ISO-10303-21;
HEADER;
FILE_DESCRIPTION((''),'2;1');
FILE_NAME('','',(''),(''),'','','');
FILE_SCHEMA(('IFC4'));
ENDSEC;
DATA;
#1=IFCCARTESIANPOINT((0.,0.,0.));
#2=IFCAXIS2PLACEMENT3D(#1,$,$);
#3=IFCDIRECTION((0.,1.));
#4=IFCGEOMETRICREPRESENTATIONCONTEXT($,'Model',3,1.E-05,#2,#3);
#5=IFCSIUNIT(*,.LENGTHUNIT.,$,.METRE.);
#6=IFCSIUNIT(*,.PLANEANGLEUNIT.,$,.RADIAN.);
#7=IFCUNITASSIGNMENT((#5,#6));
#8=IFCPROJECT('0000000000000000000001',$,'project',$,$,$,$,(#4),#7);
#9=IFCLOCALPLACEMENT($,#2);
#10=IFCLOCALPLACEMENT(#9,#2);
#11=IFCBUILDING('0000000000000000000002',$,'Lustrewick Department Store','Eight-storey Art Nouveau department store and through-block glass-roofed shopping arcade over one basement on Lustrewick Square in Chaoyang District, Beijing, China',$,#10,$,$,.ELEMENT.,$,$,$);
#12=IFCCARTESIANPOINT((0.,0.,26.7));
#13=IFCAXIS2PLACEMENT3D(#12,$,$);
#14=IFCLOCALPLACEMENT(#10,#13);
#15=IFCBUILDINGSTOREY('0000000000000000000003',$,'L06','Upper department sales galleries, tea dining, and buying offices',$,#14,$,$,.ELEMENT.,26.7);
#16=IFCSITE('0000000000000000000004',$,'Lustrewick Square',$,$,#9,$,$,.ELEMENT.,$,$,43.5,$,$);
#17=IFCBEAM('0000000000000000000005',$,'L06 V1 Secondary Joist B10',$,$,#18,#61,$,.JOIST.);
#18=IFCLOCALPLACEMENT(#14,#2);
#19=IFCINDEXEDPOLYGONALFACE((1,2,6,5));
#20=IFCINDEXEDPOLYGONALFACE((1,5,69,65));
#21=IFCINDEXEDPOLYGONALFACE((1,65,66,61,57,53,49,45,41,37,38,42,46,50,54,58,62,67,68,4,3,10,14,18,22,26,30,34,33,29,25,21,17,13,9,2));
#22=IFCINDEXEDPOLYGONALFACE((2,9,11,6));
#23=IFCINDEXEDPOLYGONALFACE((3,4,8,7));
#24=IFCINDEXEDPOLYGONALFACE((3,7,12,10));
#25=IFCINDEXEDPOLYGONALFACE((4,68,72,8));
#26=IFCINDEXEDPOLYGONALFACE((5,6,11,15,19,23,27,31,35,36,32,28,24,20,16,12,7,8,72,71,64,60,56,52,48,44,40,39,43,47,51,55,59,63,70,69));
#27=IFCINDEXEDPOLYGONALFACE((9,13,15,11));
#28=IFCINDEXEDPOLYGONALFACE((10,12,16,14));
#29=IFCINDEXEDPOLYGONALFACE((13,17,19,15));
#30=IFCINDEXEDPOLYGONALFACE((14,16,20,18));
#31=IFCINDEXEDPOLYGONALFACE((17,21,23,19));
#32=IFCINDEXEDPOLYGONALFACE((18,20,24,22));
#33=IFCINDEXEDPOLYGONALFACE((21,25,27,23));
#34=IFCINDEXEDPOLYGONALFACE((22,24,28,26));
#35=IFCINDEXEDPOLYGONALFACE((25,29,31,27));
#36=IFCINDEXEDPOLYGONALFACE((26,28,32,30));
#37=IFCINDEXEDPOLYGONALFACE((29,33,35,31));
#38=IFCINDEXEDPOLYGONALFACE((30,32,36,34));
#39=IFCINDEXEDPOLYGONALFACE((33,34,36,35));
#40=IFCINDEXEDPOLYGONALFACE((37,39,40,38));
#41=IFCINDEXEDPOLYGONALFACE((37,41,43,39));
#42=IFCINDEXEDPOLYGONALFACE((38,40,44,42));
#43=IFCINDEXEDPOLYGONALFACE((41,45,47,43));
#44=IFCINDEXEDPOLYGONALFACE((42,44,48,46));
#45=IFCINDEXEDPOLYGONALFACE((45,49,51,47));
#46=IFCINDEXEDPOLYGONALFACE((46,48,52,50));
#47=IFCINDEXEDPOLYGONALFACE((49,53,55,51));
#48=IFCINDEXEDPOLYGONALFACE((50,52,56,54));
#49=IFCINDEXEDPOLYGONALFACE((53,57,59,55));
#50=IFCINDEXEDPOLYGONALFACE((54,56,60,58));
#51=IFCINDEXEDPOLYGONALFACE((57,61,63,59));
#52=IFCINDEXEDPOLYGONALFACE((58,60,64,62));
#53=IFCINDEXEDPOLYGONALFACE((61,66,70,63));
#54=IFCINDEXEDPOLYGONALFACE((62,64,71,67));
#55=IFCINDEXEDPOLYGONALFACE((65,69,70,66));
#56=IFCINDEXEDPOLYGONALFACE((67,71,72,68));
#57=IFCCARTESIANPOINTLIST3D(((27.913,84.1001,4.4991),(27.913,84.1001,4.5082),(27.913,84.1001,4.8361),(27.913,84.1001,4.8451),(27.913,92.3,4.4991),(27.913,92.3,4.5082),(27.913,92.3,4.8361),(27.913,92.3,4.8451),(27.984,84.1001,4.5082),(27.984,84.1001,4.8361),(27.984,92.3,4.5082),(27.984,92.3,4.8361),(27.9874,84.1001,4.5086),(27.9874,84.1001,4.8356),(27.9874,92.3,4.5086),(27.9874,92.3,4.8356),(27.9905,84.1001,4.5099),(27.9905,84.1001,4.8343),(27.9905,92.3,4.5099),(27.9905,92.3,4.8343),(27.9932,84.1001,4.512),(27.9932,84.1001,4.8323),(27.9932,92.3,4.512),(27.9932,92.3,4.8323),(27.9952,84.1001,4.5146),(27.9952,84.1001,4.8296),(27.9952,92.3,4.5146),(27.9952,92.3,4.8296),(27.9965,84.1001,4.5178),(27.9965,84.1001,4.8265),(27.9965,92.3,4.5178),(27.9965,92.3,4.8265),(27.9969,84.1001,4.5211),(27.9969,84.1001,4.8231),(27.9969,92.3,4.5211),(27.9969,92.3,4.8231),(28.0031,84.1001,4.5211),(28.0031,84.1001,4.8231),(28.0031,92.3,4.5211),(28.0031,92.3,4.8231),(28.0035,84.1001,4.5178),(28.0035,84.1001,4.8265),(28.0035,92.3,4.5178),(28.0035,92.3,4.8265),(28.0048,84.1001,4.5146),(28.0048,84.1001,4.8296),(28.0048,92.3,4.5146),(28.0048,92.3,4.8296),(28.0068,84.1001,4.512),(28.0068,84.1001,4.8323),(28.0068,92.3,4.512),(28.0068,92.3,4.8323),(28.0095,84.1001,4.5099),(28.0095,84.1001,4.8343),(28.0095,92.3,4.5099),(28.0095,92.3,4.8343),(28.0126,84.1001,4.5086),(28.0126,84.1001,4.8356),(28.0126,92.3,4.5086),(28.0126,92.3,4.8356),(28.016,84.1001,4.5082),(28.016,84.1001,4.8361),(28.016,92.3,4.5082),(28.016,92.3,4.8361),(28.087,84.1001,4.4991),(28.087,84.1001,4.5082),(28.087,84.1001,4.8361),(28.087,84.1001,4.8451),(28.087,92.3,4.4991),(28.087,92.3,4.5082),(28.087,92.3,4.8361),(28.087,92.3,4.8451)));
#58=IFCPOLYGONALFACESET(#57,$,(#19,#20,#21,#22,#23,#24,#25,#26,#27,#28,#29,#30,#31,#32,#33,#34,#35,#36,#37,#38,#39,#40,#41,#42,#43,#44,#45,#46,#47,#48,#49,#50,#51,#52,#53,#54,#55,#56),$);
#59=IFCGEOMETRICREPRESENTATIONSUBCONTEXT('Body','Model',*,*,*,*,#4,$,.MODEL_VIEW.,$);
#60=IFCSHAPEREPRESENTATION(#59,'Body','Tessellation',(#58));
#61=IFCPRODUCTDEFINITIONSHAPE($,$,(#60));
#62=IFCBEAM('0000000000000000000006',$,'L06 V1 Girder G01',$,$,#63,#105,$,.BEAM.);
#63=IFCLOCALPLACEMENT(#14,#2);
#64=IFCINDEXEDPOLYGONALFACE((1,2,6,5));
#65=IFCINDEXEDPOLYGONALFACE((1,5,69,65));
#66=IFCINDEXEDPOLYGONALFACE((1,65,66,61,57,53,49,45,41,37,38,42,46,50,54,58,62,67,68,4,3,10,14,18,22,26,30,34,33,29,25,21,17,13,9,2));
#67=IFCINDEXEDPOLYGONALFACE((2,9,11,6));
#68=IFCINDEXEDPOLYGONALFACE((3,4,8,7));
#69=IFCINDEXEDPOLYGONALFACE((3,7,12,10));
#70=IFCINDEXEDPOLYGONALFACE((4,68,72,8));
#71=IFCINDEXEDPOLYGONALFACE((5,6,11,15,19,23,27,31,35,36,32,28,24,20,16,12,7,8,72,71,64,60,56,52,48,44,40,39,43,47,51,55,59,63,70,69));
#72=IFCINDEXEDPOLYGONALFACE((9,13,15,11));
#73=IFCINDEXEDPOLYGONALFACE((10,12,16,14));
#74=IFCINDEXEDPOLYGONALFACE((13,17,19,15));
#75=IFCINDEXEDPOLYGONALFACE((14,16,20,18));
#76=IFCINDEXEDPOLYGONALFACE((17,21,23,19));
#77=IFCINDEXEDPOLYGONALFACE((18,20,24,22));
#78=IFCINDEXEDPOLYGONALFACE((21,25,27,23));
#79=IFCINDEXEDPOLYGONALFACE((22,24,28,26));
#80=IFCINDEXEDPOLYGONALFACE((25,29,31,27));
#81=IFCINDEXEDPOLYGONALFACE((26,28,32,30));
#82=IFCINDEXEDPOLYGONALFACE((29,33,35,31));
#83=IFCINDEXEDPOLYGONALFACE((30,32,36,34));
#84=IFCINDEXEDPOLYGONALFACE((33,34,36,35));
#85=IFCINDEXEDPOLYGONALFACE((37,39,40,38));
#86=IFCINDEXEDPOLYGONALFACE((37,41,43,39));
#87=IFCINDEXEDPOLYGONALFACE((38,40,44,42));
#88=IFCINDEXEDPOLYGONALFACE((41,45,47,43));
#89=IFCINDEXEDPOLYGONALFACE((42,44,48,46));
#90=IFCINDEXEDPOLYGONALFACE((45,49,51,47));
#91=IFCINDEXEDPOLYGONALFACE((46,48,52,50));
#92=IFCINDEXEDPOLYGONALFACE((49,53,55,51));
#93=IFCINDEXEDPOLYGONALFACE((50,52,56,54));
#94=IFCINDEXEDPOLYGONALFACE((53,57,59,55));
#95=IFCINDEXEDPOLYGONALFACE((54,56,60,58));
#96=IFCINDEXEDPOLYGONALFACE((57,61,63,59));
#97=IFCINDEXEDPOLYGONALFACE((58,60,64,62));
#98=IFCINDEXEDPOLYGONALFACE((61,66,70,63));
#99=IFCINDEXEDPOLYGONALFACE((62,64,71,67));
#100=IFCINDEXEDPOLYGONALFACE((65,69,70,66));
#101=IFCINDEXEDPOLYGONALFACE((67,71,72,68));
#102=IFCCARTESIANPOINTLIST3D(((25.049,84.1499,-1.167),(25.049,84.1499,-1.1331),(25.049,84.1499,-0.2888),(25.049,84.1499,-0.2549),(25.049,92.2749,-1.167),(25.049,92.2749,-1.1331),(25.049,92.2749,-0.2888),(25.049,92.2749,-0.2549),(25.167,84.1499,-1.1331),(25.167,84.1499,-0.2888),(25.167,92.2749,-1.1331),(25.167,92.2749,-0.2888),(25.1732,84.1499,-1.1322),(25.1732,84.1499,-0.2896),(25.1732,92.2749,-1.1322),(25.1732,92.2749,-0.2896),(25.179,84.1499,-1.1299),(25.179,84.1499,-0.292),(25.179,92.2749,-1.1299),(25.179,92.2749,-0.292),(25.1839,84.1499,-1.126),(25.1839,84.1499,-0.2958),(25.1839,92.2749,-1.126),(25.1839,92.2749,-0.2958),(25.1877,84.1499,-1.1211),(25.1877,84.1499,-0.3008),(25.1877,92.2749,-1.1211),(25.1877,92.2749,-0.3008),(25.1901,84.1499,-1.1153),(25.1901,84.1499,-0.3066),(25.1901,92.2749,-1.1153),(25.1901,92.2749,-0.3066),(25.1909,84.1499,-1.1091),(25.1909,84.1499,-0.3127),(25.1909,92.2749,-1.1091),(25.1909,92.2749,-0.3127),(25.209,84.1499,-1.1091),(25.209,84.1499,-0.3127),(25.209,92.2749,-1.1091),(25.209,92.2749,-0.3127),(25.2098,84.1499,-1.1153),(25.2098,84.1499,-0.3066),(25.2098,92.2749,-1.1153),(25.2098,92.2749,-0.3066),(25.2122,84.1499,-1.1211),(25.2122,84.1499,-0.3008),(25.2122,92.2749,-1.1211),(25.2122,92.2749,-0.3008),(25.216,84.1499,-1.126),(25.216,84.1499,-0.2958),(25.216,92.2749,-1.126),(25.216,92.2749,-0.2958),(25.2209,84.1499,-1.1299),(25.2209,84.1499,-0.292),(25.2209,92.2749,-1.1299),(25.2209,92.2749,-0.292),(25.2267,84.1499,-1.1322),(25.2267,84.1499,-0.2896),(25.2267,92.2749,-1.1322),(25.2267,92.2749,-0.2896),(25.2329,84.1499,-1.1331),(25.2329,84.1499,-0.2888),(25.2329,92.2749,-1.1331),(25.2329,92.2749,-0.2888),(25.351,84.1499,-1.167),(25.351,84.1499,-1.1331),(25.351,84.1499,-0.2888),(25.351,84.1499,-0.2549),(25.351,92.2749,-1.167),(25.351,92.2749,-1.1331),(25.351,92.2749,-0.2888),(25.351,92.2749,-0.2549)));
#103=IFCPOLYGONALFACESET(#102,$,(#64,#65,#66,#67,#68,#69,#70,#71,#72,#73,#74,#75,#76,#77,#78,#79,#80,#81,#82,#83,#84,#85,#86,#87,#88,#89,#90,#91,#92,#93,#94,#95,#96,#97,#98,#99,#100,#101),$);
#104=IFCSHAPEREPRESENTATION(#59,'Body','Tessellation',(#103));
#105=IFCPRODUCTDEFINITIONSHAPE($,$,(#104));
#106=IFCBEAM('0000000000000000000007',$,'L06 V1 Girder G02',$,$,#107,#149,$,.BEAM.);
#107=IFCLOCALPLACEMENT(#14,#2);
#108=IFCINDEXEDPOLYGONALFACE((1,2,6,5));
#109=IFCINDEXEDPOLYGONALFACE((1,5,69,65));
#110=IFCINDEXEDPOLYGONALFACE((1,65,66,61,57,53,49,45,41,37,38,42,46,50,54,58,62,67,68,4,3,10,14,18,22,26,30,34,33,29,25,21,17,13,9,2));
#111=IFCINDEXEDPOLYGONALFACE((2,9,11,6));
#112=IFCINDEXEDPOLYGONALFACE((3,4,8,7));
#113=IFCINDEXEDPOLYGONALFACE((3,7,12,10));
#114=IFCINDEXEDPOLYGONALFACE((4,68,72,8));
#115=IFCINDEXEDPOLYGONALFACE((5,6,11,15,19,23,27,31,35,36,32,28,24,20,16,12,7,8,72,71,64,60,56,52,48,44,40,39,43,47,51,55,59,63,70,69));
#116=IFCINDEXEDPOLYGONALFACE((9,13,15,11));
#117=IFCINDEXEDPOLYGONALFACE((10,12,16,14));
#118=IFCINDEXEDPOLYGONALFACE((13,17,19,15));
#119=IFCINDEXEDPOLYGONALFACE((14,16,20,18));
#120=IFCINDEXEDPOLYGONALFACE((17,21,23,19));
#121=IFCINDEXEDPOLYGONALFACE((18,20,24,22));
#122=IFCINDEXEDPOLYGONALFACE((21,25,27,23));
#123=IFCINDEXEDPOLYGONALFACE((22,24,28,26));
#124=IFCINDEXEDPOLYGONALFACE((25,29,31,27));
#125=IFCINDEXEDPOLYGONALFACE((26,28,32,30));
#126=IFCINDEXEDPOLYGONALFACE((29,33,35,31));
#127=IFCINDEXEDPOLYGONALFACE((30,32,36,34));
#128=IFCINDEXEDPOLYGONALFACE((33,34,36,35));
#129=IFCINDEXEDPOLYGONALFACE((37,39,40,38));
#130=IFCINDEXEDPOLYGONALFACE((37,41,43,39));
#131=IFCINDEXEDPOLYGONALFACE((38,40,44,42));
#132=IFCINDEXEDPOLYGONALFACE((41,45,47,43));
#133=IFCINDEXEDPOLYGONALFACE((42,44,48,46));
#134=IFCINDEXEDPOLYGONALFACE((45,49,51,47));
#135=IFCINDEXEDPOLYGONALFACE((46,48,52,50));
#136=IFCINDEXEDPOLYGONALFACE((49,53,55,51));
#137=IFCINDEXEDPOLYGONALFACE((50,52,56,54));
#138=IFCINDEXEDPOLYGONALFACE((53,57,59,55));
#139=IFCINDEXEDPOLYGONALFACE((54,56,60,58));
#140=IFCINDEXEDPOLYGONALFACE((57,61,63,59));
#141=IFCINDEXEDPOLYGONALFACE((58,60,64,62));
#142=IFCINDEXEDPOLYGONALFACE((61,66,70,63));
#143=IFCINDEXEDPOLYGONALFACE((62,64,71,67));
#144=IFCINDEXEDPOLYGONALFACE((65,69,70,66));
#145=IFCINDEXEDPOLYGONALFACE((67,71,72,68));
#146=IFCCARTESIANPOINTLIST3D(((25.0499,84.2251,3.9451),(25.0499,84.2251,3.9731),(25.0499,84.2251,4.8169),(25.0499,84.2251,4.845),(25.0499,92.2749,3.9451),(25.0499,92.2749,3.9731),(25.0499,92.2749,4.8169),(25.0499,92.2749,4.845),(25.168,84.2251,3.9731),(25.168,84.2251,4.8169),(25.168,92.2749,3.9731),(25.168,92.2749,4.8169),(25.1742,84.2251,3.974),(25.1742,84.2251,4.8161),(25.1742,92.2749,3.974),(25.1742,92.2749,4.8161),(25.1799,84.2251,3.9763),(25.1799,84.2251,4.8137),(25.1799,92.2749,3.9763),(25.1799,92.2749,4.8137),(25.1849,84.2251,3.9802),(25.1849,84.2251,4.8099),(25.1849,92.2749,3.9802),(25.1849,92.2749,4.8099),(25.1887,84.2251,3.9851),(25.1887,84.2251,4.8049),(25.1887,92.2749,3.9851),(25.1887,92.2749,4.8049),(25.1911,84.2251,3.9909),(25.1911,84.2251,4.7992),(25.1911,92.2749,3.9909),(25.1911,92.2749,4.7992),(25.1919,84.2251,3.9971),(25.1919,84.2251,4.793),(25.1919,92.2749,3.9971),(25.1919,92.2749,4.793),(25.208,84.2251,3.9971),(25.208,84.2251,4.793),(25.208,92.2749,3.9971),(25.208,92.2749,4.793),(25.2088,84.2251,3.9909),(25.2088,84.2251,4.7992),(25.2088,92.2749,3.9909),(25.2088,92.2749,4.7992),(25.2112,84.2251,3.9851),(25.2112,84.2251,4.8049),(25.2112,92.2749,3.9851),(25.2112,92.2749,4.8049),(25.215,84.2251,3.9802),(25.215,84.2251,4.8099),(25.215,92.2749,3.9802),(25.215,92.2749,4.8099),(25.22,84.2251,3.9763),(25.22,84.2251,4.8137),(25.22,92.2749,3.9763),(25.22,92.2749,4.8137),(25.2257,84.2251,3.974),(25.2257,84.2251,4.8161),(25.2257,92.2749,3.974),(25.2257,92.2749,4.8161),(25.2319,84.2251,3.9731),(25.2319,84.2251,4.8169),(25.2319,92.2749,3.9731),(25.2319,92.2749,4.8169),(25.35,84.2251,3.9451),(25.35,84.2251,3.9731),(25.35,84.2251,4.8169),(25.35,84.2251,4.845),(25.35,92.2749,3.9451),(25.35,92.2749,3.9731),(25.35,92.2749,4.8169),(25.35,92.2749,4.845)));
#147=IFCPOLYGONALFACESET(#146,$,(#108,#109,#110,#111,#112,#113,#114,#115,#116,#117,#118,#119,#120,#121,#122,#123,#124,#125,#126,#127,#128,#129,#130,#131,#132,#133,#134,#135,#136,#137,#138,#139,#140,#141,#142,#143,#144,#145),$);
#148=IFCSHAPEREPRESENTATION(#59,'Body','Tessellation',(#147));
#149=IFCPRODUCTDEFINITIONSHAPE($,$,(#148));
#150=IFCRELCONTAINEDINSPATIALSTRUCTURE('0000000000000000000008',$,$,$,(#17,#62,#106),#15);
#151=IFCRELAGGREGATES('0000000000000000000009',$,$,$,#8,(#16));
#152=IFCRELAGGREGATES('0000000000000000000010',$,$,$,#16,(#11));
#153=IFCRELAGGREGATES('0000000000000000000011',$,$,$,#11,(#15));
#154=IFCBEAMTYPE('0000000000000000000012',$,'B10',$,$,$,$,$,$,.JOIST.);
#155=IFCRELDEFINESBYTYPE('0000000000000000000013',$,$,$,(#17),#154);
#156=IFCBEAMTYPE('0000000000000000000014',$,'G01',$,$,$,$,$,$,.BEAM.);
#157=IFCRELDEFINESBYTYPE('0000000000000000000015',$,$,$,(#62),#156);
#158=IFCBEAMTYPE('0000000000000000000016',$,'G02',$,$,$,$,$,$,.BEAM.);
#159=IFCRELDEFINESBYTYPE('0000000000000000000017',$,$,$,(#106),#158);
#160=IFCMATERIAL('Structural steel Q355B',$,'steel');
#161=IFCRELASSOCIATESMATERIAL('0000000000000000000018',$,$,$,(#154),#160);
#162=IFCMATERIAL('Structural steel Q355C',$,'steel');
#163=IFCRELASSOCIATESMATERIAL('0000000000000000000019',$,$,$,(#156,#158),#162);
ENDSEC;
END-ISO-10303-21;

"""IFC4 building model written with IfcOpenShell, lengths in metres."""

from ifc_helpers import new_model, si_unit, direction, frame, origin, origin_2d, place, context, subcontext, project, spatial, i_section, extrude, material, material_profile, profile_set, type_object, element, save


model = new_model("IFC4")

# Units and contexts
model_context = context("Model", 3, precision=1e-05, world=origin(), true_north=direction((0.0, 1.0)))
body_context = subcontext(model_context, "Body", "Model", "MODEL_VIEW")
ifc_project = project(units=[si_unit("LENGTHUNIT", "METRE"), si_unit("PLANEANGLEUNIT", "RADIAN")], contexts=[model_context])

# Site, building, storey
site_placement = place(None, origin())
site = spatial("IfcSite", under=ifc_project, at=site_placement, Name="Lustrewick Square", CompositionType="ELEMENT", RefElevation=43.5)
building_placement = place(site_placement, origin())
building = spatial("IfcBuilding", under=site, at=building_placement, Name="Lustrewick Department Store", Description="Eight-storey Art Nouveau department store and through-block glass-roofed shopping arcade over one basement on Lustrewick Square in Chaoyang District, Beijing, China", CompositionType="ELEMENT")
storey_placement = place(building_placement, frame((0.0, 0.0, 26.7)))
storey = spatial("IfcBuildingStorey", under=building, at=storey_placement, Name="L06", Description="Upper department sales galleries, tea dining, and buying offices", CompositionType="ELEMENT", Elevation=26.7)

# Shared definitions
ifc_material_1 = material(Name="Structural steel Q355B", Category="steel")

# Beams
ifc_material_profile_1 = material_profile(ifc_material_1, i_section(OverallWidth=0.1741, OverallDepth=0.3459, WebThickness=0.0061, FlangeThickness=0.009, FilletRadius=0.0129, at=origin_2d()), Name="HN 346x174x6x9")
ifc_profile_set_1 = profile_set([ifc_material_profile_1], Name="Structural steel Q355B")
beam_type_1 = type_object("IfcBeamType", Name="B10", PredefinedType="JOIST", material=ifc_profile_set_1)
beam_1_placement = place(storey_placement, frame((28.0, 84.1001, 4.6721), z_axis=(0.0, 1.0, 0.0), x_axis=(-1.0, 0.0, 0.0)))
element("IfcBeam", 1, at=beam_1_placement, inside=storey, type_object=beam_type_1, Name="L06 V1 Secondary Joist B10", PredefinedType="JOIST", context=body_context, shape_type="SweptSolid", body=[
    extrude(i_section(OverallWidth=0.1741, OverallDepth=0.3459, WebThickness=0.0061, FlangeThickness=0.009, FilletRadius=0.0129, at=origin_2d()), origin(), (0.0, 0.0, 1.0), 8.2),
])
ifc_material_2 = material(Name="Structural steel Q355C", Category="steel")
ifc_material_profile_2 = material_profile(ifc_material_2, i_section(OverallWidth=0.302, OverallDepth=0.9121, WebThickness=0.0181, FlangeThickness=0.0339, FilletRadius=0.0239, at=origin_2d()), Name="HN 912x302x18x34")
ifc_profile_set_2 = profile_set([ifc_material_profile_2], Name="Structural steel Q355C")
beam_type_2 = type_object("IfcBeamType", Name="G01", PredefinedType="BEAM", material=ifc_profile_set_2)
beam_2_placement = place(storey_placement, frame((25.2, 84.1499, -0.7109), z_axis=(0.0, 1.0, 0.0), x_axis=(-1.0, 0.0, 0.0)))
element("IfcBeam", 2, at=beam_2_placement, inside=storey, type_object=beam_type_2, Name="L06 V1 Girder G01", PredefinedType="BEAM", context=body_context, shape_type="SweptSolid", body=[
    extrude(i_section(OverallWidth=0.302, OverallDepth=0.9121, WebThickness=0.0181, FlangeThickness=0.0339, FilletRadius=0.0239, at=origin_2d()), origin(), (0.0, 0.0, 1.0), 8.125),
])
ifc_material_profile_3 = material_profile(ifc_material_2, i_section(OverallWidth=0.3, OverallDepth=0.8999, WebThickness=0.0161, FlangeThickness=0.0281, FilletRadius=0.0239, at=origin_2d()), Name="HN 900x300x16x28")
ifc_profile_set_3 = profile_set([ifc_material_profile_3], Name="Structural steel Q355C")
beam_type_3 = type_object("IfcBeamType", Name="G02", PredefinedType="BEAM", material=ifc_profile_set_3)
beam_3_placement = place(storey_placement, frame((25.2, 84.2251, 4.395), z_axis=(0.0, 1.0, 0.0), x_axis=(-1.0, 0.0, 0.0)))
element("IfcBeam", 3, at=beam_3_placement, inside=storey, type_object=beam_type_3, Name="L06 V1 Girder G02", PredefinedType="BEAM", context=body_context, shape_type="SweptSolid", body=[
    extrude(i_section(OverallWidth=0.3, OverallDepth=0.8999, WebThickness=0.0161, FlangeThickness=0.0281, FilletRadius=0.0239, at=origin_2d()), origin(), (0.0, 0.0, 1.0), 8.0498),
])

save(model, "model.ifc")
